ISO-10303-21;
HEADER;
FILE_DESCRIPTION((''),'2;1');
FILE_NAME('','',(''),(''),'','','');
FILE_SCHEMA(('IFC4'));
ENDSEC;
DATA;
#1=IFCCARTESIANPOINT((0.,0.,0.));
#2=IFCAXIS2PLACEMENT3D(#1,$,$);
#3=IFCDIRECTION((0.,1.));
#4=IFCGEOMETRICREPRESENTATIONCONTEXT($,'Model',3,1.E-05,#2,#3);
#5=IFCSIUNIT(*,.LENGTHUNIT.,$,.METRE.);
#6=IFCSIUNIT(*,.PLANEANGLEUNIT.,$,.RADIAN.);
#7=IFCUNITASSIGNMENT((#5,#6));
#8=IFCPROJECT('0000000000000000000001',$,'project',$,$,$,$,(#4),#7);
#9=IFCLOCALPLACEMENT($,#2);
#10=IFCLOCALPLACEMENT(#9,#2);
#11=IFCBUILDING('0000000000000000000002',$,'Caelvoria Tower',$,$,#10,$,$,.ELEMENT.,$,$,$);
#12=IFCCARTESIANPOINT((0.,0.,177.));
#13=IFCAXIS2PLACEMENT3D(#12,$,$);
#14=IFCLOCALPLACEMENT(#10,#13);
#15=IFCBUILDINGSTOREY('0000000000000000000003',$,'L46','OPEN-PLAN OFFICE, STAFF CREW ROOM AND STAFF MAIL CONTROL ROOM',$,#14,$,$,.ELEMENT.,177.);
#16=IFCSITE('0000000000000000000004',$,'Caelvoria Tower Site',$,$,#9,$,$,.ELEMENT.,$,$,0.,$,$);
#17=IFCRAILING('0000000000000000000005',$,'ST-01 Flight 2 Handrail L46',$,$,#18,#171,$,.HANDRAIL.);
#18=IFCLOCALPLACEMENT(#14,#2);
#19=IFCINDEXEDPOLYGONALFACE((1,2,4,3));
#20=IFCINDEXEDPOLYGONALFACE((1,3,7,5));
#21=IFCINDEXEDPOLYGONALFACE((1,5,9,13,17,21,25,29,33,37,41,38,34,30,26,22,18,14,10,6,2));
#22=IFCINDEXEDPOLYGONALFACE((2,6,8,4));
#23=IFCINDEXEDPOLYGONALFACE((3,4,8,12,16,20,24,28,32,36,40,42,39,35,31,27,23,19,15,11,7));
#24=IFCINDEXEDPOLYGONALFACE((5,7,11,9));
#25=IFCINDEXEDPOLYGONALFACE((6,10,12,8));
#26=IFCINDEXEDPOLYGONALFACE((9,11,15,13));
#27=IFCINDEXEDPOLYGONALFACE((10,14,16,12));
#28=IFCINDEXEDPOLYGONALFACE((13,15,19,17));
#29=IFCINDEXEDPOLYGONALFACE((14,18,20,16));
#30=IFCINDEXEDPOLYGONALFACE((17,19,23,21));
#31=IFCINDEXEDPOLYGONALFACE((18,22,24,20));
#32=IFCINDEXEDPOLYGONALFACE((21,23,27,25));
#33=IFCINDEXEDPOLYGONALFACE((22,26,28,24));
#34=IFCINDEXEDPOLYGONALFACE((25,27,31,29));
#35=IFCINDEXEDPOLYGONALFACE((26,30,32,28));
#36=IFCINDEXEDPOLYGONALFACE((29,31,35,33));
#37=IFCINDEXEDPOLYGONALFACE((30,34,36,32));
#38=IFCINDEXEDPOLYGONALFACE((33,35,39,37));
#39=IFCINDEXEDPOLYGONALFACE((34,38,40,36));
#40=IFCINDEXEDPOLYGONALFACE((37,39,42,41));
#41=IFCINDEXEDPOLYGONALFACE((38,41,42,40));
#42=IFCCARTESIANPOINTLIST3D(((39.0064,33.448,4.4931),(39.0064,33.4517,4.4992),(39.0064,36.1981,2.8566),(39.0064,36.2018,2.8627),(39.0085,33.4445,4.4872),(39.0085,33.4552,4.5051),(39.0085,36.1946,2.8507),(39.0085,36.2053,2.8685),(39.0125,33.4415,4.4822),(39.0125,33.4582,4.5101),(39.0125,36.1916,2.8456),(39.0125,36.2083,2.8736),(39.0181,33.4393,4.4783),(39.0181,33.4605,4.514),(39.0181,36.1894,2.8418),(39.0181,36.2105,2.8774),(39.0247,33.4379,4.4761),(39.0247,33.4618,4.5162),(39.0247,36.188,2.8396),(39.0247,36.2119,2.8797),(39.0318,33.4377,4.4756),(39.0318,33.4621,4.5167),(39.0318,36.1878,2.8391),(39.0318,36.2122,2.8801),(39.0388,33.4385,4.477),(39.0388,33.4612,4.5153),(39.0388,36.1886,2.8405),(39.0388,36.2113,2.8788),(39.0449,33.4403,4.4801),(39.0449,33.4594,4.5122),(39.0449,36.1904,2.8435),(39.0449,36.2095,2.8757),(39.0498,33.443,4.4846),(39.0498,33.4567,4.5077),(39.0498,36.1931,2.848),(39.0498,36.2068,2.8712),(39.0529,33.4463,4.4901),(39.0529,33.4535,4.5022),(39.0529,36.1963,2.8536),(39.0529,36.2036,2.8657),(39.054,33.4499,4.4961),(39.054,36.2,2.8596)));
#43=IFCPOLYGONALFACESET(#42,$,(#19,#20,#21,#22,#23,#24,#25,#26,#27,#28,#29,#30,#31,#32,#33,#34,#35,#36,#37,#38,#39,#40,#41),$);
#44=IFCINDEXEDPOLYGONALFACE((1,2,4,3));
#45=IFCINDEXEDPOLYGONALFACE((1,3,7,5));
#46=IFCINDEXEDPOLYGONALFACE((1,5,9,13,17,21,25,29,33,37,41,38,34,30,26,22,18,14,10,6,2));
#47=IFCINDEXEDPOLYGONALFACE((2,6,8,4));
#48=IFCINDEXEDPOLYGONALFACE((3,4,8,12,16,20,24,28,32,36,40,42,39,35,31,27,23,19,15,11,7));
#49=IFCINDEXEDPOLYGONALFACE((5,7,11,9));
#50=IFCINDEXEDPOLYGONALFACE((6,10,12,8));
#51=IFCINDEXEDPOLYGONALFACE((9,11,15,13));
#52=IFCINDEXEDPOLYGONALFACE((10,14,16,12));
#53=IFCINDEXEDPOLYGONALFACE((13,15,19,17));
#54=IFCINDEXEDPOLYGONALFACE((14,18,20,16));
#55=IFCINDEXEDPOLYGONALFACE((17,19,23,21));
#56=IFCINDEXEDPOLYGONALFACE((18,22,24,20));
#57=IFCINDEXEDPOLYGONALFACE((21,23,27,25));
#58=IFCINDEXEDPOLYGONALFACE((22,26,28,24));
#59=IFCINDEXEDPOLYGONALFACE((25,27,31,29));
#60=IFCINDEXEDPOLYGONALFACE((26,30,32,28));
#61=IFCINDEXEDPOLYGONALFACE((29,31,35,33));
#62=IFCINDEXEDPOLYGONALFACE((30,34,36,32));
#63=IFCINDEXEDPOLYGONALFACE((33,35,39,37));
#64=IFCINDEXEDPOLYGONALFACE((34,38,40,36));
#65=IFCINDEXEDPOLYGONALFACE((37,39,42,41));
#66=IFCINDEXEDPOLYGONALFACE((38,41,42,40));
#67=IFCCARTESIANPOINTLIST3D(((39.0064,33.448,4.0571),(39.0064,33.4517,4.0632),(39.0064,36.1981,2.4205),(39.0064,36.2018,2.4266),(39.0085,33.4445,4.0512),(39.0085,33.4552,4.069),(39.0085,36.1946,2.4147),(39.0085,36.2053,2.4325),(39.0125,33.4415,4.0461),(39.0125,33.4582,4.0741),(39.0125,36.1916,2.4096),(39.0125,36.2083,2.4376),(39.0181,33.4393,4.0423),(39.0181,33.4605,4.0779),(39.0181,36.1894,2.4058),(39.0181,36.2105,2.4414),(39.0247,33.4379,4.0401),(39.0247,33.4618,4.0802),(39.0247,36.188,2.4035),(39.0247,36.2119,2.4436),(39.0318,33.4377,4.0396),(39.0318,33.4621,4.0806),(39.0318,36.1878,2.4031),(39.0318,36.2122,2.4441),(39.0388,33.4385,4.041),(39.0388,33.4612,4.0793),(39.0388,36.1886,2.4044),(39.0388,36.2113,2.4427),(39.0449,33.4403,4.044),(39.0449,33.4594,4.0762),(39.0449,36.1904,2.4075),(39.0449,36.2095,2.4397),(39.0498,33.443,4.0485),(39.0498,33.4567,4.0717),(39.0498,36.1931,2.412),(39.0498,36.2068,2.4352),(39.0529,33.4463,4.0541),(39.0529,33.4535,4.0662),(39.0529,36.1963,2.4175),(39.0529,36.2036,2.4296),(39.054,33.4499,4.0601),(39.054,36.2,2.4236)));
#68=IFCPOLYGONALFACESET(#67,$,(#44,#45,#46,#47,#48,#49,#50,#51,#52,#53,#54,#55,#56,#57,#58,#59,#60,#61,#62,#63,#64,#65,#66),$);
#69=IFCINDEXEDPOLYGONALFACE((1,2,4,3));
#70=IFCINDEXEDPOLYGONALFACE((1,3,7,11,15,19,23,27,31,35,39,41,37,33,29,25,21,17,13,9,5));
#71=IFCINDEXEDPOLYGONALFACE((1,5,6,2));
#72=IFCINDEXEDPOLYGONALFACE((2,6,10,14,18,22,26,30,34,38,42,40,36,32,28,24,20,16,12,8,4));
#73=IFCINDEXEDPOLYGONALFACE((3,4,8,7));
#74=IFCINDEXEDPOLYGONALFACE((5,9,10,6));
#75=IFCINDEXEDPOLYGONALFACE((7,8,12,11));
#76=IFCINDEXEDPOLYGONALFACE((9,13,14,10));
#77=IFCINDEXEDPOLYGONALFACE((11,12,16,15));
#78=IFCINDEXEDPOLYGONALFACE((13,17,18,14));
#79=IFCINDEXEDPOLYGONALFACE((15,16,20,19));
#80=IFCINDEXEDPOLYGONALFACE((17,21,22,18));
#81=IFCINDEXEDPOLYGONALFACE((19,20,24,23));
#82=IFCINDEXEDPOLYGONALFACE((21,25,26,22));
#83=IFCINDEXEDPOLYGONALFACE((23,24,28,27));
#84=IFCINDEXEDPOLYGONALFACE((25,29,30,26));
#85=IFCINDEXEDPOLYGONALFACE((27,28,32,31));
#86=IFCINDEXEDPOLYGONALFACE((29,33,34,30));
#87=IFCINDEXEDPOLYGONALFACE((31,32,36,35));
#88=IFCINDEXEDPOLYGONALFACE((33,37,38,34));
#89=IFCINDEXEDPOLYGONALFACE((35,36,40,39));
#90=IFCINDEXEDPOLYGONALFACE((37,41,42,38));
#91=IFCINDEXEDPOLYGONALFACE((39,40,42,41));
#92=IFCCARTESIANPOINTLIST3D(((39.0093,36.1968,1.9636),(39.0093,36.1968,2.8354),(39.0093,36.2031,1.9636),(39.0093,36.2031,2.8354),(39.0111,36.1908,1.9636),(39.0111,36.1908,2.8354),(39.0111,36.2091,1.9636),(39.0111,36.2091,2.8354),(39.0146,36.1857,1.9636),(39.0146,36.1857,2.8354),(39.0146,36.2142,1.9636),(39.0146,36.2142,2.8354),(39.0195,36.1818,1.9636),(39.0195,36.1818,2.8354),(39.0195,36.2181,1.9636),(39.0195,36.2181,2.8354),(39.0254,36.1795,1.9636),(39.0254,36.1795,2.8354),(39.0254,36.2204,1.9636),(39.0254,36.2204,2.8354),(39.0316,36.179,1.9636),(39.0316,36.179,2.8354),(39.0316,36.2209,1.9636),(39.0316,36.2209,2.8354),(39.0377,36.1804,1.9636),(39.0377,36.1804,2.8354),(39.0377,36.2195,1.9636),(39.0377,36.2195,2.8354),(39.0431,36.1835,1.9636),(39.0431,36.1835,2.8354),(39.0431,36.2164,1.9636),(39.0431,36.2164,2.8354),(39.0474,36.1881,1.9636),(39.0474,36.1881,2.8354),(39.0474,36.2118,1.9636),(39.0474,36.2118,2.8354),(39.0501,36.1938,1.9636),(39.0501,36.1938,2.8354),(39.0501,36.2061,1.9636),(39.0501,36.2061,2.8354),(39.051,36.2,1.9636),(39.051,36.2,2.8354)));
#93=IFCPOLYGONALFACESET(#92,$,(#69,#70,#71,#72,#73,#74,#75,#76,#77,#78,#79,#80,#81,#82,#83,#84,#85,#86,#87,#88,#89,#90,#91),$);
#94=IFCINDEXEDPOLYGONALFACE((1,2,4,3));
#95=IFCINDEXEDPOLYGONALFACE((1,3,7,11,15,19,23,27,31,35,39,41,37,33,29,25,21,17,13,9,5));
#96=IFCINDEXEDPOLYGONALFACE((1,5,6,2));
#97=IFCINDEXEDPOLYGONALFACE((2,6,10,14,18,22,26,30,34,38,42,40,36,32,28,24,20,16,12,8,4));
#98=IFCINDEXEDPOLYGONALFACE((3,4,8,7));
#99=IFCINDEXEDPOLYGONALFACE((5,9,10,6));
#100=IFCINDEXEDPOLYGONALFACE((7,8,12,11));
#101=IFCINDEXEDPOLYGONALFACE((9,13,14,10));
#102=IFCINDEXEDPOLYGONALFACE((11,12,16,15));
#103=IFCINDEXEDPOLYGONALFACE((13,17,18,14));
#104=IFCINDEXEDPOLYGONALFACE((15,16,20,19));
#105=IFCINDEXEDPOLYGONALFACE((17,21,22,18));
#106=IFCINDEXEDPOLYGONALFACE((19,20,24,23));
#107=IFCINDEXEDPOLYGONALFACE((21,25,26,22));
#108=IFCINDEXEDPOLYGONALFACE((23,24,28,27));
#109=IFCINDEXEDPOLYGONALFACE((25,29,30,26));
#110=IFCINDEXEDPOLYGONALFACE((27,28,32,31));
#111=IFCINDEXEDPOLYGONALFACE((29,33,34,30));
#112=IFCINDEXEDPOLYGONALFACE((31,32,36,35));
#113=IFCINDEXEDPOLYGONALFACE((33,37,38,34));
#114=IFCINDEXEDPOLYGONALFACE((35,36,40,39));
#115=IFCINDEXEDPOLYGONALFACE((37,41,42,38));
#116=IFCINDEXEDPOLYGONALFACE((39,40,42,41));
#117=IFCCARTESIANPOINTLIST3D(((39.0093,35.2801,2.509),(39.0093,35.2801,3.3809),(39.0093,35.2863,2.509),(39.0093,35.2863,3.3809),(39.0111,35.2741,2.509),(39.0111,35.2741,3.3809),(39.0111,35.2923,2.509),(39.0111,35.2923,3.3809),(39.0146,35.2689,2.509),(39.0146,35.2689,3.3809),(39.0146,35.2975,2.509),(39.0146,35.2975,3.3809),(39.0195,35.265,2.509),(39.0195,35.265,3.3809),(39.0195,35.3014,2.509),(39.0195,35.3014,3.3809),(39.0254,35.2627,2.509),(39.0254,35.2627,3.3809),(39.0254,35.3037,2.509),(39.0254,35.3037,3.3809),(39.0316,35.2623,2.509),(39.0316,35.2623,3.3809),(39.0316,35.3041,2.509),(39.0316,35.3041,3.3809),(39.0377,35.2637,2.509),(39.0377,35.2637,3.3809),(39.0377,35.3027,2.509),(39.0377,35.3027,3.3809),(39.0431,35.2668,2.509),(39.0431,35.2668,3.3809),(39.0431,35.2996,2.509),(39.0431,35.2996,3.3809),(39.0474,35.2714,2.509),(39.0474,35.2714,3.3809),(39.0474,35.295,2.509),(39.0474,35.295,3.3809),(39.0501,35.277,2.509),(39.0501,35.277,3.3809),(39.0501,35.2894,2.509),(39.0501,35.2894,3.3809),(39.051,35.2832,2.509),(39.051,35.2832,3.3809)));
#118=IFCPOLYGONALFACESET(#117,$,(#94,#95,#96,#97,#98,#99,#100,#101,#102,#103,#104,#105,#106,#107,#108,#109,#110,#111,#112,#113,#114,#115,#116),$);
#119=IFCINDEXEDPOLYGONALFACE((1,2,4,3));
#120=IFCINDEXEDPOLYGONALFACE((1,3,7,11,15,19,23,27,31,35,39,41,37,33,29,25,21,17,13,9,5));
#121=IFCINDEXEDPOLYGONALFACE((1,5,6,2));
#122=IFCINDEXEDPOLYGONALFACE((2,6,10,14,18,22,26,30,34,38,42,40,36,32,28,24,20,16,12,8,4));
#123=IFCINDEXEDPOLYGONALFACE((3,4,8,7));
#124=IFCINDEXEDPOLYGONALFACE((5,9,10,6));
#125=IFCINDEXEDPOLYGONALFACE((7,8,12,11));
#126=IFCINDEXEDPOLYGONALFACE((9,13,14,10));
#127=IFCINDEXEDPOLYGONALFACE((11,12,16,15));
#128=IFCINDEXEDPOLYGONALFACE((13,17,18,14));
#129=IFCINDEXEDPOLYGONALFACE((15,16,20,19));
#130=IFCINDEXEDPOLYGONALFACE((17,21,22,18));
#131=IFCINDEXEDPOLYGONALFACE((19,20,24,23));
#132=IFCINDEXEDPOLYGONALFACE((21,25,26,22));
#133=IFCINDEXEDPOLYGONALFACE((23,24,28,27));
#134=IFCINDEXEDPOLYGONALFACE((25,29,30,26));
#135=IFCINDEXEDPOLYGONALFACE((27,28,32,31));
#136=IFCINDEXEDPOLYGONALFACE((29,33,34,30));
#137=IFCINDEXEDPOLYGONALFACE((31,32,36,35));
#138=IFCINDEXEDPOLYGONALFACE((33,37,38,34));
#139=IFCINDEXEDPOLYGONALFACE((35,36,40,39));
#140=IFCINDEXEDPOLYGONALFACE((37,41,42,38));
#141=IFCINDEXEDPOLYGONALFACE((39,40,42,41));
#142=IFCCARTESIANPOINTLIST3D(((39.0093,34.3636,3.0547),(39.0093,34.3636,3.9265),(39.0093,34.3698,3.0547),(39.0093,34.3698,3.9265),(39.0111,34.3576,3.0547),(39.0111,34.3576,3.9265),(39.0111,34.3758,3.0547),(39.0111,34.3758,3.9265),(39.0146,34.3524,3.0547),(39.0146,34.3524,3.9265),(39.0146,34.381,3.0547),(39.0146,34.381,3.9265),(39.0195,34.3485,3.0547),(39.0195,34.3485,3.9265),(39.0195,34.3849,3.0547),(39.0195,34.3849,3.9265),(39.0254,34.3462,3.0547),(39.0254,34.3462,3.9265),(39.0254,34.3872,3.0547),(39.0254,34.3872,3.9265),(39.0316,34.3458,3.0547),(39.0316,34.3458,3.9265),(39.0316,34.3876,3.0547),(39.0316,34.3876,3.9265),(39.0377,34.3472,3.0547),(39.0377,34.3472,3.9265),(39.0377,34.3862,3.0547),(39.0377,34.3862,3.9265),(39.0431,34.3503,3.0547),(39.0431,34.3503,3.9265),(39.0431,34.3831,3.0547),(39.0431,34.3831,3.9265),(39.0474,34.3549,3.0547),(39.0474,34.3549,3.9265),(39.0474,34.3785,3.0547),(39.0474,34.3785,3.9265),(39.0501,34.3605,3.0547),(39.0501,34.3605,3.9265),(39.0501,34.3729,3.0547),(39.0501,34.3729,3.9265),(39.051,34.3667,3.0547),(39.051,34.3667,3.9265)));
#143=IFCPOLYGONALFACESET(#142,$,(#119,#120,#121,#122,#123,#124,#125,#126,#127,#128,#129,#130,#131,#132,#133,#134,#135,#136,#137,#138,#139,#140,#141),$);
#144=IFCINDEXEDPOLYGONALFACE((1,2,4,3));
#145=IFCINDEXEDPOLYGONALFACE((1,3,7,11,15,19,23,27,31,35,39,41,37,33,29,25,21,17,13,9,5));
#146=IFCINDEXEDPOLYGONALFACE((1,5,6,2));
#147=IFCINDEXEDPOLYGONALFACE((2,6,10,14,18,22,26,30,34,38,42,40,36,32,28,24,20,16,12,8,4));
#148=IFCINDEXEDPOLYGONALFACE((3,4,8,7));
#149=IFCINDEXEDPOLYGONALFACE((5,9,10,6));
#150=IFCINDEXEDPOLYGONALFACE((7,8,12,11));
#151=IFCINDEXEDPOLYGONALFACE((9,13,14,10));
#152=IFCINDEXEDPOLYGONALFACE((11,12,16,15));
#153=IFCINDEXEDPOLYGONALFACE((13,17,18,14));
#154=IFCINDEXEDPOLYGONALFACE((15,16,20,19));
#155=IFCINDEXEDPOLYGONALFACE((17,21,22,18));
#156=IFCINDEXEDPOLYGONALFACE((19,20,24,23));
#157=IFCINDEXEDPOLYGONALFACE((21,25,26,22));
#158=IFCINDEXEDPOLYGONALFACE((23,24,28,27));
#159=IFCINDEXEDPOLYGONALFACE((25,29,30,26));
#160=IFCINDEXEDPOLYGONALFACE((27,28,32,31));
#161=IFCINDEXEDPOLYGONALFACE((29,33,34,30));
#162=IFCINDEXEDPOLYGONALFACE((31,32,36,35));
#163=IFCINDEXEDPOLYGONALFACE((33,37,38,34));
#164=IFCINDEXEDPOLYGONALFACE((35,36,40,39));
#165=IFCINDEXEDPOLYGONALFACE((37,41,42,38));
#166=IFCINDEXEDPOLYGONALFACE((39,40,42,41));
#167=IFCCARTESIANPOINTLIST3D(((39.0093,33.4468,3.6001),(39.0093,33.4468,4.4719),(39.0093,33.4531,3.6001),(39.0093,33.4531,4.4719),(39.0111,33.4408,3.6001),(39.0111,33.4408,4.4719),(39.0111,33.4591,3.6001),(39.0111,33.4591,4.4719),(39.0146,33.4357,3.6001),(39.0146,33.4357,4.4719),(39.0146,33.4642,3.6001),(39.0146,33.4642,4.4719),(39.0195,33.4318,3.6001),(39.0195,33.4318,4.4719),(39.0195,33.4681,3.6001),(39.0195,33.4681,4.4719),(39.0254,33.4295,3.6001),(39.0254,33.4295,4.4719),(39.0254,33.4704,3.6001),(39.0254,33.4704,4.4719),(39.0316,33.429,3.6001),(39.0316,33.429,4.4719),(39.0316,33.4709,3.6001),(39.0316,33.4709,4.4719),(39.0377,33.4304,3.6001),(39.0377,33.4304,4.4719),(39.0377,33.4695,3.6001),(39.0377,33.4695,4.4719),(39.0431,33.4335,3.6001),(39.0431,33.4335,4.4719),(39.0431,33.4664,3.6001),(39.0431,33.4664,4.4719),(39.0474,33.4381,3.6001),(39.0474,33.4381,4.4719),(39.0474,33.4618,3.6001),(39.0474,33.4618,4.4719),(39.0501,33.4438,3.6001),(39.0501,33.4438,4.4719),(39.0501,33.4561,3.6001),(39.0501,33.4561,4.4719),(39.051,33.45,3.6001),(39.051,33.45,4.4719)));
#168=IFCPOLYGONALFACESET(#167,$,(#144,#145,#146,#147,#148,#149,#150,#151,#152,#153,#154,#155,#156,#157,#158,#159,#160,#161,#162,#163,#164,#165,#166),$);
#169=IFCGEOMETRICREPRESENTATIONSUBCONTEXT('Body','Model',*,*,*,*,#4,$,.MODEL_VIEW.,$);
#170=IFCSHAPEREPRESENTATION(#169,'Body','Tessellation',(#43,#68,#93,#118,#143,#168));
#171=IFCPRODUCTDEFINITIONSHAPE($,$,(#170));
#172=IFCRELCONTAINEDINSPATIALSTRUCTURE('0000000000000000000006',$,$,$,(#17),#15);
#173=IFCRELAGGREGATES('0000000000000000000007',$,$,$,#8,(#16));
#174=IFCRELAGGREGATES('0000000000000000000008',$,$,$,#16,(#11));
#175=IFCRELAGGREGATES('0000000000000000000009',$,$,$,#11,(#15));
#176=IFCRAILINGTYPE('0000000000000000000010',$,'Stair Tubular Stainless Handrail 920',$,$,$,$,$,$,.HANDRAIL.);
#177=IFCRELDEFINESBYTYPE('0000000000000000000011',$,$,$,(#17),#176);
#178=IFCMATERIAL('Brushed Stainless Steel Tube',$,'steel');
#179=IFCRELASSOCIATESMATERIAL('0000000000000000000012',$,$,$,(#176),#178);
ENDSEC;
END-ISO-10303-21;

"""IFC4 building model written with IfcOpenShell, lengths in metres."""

from ifc_helpers import new_model, si_unit, direction, frame, origin, origin_2d, place, context, subcontext, project, spatial, circle, extrude, material, type_object, element, save


model = new_model("IFC4")

# Units and contexts
model_context = context("Model", 3, precision=1e-05, world=origin(), true_north=direction((0.0, 1.0)))
body_context = subcontext(model_context, "Body", "Model", "MODEL_VIEW")
ifc_project = project(units=[si_unit("LENGTHUNIT", "METRE"), si_unit("PLANEANGLEUNIT", "RADIAN")], contexts=[model_context])

# Site, building, storey
site_placement = place(None, origin())
site = spatial("IfcSite", under=ifc_project, at=site_placement, Name="Caelvoria Tower Site", CompositionType="ELEMENT", RefElevation=0.0)
building_placement = place(site_placement, origin())
building = spatial("IfcBuilding", under=site, at=building_placement, Name="Caelvoria Tower", CompositionType="ELEMENT")
storey_placement = place(building_placement, frame((0.0, 0.0, 177.0)))
storey = spatial("IfcBuildingStorey", under=building, at=storey_placement, Name="L46", Description="OPEN-PLAN OFFICE, STAFF CREW ROOM AND STAFF MAIL CONTROL ROOM", CompositionType="ELEMENT", Elevation=177.0)

# Railing
ifc_material_1 = material(Name="Brushed Stainless Steel Tube", Category="steel")
railing_type_1 = type_object("IfcRailingType", Name="Stair Tubular Stainless Handrail 920", PredefinedType="HANDRAIL", material=ifc_material_1)
railing_1_placement = place(storey_placement, frame((39.03, 36.2, 1.9636)))
element("IfcRailing", 1, at=railing_1_placement, inside=storey, type_object=railing_type_1, Name="ST-01 Flight 2 Handrail L46", PredefinedType="HANDRAIL", context=body_context, shape_type="SweptSolid", body=[
    extrude(circle(Radius=0.0239, at=origin_2d()), frame((0.0, 0.0, 0.896), z_axis=(0.0, -0.859352, 0.511385), x_axis=(1.0, 0.0, 0.0)), (0.0, 0.0, 1.0), 3.2002),
    extrude(circle(Radius=0.0239, at=origin_2d()), frame((0.0, 0.0, 0.46), z_axis=(0.0, -0.859352, 0.511385), x_axis=(1.0, 0.0, 0.0)), (0.0, 0.0, 1.0), 3.2002),
    extrude(circle(Radius=0.021, at=origin_2d()), origin(), (0.0, 0.0, 1.0), 0.8718),
    extrude(circle(Radius=0.021, at=origin_2d()), frame((0.0, -0.9167, 0.5454)), (0.0, 0.0, 1.0), 0.8718),
    extrude(circle(Radius=0.021, at=origin_2d()), frame((0.0, -1.8333, 1.0911)), (0.0, 0.0, 1.0), 0.8718),
    extrude(circle(Radius=0.021, at=origin_2d()), frame((0.0, -2.75, 1.6365)), (0.0, 0.0, 1.0), 0.8718),
])

save(model, "model.ifc")
